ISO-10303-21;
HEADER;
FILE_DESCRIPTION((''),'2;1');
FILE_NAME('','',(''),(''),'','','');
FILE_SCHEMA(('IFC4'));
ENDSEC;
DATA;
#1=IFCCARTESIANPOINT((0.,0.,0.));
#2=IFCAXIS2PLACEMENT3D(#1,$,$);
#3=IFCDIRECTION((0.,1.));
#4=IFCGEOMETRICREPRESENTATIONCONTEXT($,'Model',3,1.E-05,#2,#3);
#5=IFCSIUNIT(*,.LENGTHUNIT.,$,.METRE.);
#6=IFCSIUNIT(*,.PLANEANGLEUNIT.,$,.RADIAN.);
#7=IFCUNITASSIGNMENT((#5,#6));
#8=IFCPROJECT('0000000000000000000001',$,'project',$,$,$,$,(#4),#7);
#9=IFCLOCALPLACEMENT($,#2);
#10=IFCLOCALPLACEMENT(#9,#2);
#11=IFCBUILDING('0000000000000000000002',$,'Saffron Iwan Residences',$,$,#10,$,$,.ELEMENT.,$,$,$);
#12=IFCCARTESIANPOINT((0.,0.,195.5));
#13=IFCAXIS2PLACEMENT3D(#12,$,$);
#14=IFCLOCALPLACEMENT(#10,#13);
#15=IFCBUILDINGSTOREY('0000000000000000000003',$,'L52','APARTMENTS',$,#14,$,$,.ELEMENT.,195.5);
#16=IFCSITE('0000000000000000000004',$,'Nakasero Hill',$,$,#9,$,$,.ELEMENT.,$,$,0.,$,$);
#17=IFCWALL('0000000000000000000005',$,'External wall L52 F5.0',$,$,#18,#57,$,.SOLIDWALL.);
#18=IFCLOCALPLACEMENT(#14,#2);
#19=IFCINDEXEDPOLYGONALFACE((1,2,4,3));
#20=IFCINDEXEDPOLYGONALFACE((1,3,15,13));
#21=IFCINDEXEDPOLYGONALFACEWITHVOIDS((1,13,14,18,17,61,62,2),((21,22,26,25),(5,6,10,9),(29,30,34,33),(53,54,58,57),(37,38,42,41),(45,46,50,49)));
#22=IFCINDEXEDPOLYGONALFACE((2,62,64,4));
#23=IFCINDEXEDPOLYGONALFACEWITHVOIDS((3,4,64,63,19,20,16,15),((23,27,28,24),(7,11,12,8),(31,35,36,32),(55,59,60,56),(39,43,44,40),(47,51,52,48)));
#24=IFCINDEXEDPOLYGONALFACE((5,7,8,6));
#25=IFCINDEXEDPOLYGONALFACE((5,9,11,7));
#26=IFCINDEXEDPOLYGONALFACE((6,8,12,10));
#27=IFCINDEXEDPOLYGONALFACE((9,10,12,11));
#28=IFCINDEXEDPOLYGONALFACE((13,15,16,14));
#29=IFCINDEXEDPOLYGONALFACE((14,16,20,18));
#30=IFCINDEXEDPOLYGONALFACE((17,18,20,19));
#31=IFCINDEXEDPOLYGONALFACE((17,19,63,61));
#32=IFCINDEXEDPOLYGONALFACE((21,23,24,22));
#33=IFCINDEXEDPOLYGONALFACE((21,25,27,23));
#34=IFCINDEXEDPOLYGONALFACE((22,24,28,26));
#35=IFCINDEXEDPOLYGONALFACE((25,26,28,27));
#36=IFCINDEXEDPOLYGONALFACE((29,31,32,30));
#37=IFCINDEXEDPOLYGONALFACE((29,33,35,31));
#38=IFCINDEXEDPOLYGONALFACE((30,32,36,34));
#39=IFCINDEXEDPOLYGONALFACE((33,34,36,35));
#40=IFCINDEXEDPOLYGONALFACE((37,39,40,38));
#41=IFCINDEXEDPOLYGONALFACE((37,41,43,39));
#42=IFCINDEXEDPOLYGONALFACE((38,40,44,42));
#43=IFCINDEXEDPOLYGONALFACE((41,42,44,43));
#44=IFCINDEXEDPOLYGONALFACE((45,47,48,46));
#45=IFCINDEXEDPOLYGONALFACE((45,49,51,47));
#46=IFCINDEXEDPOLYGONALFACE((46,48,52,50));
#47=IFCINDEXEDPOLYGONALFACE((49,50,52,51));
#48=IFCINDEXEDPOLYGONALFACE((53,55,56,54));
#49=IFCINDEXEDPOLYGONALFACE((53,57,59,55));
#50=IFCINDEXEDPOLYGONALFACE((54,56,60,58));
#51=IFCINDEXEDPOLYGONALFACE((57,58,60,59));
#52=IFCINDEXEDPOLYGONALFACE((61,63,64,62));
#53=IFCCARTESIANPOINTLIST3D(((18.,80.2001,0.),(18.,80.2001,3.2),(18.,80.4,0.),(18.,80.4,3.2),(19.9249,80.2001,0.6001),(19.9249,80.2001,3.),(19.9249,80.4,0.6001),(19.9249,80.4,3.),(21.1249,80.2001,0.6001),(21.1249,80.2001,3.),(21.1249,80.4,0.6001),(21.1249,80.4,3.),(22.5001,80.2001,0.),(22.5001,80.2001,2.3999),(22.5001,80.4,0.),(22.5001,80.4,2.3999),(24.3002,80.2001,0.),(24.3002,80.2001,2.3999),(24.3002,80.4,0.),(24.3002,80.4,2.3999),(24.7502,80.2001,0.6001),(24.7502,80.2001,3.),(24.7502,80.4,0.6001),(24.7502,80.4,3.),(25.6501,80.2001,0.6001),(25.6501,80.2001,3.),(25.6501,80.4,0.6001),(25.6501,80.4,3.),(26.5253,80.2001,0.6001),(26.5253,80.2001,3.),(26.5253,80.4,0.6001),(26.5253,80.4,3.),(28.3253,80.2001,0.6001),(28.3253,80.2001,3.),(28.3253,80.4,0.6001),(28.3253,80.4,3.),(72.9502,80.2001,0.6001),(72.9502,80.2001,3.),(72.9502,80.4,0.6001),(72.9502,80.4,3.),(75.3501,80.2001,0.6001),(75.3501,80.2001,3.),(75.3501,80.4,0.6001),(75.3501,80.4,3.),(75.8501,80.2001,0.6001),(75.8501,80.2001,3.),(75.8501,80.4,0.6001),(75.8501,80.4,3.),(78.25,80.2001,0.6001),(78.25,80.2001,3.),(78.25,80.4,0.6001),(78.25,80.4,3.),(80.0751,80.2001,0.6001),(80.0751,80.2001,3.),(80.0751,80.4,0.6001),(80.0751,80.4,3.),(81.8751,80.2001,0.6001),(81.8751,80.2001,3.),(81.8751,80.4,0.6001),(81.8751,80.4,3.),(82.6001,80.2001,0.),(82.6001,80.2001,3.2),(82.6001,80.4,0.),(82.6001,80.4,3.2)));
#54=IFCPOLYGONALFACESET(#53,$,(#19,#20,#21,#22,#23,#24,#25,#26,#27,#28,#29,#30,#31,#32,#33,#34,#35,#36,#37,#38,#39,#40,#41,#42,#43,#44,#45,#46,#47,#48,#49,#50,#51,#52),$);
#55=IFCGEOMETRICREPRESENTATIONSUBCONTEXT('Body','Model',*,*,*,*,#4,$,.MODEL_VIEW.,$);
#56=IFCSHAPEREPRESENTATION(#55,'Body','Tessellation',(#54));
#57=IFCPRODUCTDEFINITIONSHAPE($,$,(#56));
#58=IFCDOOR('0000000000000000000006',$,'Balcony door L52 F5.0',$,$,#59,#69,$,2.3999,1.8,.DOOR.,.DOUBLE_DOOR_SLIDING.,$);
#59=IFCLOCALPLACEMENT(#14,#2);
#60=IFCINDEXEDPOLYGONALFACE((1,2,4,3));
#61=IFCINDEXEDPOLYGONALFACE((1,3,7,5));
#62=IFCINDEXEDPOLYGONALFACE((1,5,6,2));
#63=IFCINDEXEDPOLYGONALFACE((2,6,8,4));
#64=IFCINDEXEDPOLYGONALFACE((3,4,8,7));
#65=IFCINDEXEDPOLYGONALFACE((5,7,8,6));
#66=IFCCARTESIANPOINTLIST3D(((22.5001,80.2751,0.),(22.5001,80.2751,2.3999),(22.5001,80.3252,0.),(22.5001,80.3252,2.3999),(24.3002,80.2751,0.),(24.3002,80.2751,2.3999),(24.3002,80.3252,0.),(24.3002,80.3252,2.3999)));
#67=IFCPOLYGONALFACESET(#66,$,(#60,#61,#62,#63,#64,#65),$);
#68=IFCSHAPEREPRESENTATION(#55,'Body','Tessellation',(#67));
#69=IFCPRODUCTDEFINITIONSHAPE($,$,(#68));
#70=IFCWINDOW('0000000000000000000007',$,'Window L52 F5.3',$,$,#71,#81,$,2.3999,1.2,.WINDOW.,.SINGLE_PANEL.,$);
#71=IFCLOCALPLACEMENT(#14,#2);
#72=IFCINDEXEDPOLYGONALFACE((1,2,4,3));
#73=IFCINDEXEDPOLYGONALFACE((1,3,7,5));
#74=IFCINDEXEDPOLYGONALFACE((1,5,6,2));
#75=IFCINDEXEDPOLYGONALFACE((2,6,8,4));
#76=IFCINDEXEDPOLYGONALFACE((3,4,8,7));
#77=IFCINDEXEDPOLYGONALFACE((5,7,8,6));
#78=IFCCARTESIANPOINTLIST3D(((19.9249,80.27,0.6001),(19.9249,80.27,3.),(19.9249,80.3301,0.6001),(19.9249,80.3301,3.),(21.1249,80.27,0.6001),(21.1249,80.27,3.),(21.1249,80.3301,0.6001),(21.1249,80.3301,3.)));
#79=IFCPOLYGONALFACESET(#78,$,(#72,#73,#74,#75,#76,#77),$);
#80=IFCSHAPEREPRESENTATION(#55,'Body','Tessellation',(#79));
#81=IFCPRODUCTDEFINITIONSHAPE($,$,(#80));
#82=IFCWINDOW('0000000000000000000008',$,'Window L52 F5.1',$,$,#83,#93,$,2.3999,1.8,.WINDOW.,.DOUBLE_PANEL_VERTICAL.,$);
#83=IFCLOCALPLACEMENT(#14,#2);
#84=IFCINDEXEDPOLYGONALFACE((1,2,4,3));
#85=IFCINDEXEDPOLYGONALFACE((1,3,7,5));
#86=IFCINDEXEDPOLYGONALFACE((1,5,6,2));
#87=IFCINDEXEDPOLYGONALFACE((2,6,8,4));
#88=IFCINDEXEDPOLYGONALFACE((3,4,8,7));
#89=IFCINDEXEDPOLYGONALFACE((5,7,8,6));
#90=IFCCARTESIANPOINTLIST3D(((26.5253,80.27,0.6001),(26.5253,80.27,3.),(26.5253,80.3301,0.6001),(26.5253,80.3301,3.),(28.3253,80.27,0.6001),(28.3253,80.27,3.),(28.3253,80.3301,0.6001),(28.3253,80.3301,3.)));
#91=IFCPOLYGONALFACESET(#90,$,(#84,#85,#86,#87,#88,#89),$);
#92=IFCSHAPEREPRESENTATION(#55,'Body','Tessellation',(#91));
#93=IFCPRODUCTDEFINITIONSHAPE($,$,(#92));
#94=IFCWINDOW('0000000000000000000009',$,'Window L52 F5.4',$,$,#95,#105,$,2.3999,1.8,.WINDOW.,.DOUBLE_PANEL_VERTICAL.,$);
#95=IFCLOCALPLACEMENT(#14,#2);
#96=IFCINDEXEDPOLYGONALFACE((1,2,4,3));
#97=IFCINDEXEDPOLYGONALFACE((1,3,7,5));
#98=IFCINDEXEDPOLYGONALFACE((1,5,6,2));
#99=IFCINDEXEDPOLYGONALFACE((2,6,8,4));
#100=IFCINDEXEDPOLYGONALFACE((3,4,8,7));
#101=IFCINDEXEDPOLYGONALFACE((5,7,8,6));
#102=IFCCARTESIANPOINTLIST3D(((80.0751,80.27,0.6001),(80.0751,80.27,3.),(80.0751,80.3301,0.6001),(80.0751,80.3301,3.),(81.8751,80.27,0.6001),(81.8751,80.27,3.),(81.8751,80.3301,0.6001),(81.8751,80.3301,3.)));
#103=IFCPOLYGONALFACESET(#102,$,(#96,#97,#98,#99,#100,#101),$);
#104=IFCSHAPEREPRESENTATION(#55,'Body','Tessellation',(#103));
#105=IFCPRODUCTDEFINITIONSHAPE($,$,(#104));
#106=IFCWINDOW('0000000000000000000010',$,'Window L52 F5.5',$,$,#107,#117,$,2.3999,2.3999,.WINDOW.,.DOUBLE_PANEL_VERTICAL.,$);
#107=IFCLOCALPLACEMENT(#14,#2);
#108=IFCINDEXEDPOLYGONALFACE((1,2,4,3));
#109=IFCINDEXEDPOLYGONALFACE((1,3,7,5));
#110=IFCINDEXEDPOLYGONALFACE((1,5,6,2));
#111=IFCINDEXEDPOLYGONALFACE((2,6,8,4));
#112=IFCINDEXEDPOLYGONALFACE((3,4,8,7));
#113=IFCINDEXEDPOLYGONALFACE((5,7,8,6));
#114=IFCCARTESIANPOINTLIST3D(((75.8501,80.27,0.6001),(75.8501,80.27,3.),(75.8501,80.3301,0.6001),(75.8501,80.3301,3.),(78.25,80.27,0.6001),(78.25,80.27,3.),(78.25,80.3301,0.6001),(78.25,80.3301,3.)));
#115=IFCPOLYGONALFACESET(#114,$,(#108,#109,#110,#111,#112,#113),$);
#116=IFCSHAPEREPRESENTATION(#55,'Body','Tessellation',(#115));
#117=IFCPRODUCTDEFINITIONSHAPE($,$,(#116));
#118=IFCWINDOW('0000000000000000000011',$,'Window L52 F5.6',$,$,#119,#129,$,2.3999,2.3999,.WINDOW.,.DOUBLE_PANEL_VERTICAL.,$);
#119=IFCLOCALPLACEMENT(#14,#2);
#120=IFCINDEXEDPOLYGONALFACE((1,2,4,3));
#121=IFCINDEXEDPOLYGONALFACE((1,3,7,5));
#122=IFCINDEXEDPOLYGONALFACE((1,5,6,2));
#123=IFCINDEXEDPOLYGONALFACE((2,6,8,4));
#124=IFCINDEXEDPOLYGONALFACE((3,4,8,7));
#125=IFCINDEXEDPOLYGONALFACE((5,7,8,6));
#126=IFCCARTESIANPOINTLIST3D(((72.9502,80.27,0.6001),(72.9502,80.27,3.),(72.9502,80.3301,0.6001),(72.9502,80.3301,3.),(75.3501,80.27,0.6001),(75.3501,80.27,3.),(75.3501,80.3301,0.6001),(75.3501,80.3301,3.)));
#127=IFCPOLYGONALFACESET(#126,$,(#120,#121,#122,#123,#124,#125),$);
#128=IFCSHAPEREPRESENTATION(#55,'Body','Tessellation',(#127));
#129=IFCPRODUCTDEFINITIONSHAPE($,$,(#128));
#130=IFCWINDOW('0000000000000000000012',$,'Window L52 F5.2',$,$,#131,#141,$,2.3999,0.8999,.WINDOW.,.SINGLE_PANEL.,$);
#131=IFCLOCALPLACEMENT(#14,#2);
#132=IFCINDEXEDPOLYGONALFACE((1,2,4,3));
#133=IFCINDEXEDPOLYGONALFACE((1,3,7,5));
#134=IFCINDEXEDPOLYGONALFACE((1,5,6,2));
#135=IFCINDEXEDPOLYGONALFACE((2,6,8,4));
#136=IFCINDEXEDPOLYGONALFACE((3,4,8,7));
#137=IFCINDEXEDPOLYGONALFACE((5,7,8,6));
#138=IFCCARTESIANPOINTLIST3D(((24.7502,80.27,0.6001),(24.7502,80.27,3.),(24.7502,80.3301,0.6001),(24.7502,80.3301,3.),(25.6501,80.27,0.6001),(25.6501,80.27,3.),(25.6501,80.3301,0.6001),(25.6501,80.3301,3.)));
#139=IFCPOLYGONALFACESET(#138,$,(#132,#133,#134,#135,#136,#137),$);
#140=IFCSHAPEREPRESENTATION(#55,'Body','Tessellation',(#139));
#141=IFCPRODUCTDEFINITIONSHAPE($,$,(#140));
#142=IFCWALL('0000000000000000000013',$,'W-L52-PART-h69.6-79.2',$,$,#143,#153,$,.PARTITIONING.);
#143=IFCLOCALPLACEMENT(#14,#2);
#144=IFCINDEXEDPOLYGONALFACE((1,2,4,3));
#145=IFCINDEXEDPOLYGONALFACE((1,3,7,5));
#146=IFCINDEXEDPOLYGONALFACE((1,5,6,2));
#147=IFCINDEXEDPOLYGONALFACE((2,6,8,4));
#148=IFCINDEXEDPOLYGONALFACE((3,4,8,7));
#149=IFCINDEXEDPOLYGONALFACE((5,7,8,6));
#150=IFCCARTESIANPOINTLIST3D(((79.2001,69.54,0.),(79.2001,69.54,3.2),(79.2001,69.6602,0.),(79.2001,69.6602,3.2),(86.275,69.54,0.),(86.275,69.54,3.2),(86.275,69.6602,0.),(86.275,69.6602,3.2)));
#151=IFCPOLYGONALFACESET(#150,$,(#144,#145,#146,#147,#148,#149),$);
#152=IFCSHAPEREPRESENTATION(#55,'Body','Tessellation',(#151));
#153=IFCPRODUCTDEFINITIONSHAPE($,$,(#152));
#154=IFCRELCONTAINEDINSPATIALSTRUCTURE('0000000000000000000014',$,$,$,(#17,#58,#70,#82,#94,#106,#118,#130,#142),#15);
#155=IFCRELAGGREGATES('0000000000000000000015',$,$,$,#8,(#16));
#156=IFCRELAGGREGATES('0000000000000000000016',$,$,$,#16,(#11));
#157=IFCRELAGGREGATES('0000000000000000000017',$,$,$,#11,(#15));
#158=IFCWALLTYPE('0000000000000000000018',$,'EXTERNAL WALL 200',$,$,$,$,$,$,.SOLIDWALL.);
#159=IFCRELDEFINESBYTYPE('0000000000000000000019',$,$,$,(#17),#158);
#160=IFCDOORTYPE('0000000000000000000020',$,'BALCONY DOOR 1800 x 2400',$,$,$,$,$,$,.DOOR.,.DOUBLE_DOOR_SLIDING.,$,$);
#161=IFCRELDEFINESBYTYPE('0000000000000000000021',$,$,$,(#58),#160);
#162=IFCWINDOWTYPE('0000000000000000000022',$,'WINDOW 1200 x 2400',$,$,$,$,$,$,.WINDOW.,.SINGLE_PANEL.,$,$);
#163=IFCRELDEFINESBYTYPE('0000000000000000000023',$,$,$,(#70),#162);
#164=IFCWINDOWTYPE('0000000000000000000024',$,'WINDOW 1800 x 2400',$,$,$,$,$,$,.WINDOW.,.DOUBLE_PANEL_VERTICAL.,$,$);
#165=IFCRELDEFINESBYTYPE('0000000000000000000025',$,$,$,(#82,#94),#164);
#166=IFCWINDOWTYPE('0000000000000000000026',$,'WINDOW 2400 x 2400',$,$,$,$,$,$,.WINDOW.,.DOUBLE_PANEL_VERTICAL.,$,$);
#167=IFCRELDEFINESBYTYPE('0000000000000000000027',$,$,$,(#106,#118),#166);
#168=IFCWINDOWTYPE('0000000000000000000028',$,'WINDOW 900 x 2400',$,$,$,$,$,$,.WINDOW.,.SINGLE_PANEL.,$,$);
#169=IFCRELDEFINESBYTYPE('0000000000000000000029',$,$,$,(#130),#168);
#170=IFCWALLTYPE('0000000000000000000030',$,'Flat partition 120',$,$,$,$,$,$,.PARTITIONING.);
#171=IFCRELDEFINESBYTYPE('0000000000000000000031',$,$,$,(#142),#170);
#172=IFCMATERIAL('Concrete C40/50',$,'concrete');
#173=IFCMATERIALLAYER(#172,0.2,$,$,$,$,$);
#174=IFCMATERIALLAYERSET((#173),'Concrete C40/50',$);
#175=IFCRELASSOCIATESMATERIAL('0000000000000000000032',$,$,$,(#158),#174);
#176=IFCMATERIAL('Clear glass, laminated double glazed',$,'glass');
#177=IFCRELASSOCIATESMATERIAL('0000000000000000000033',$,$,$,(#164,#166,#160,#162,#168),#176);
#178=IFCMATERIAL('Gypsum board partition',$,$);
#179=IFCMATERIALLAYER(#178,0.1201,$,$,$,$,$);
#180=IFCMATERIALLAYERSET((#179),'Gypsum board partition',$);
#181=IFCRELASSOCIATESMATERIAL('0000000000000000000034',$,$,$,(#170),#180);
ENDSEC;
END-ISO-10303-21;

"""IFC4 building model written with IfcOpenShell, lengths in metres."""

from ifc_helpers import new_model, si_unit, direction, frame, frame_2d, origin, place, context, subcontext, project, spatial, rectangle, extrude, material, layer, layer_set, type_object, element, fill, save


model = new_model("IFC4")

# Units and contexts
model_context = context("Model", 3, precision=1e-05, world=origin(), true_north=direction((0.0, 1.0)))
body_context = subcontext(model_context, "Body", "Model", "MODEL_VIEW")
ifc_project = project(units=[si_unit("LENGTHUNIT", "METRE"), si_unit("PLANEANGLEUNIT", "RADIAN")], contexts=[model_context])

# Site, building, storey
site_placement = place(None, origin())
site = spatial("IfcSite", under=ifc_project, at=site_placement, Name="Nakasero Hill", CompositionType="ELEMENT", RefElevation=0.0)
building_placement = place(site_placement, origin())
building = spatial("IfcBuilding", under=site, at=building_placement, Name="Saffron Iwan Residences", CompositionType="ELEMENT")
storey_placement = place(building_placement, frame((0.0, 0.0, 195.5)))
storey = spatial("IfcBuildingStorey", under=building, at=storey_placement, Name="L52", Description="APARTMENTS", CompositionType="ELEMENT", Elevation=195.5)

# Shared definitions
ifc_material_1 = material(Name="Concrete C40/50", Category="concrete")
ifc_layer_1 = layer(ifc_material_1, 0.2)
ifc_layer_set_1 = layer_set([ifc_layer_1], Name="Concrete C40/50")
wall_type_1 = type_object("IfcWallType", Name="EXTERNAL WALL 200", PredefinedType="SOLIDWALL", material=ifc_layer_set_1)
ifc_material_2 = material(Name="Clear glass, laminated double glazed", Category="glass")
window_type_1 = type_object("IfcWindowType", Name="WINDOW 1800 x 2400", PartitioningType="DOUBLE_PANEL_VERTICAL", PredefinedType="WINDOW", material=ifc_material_2)
window_type_2 = type_object("IfcWindowType", Name="WINDOW 2400 x 2400", PartitioningType="DOUBLE_PANEL_VERTICAL", PredefinedType="WINDOW", material=ifc_material_2)

# Wall, openings, door, windows
wall_1_placement = place(storey_placement, frame((82.6001, 80.3, 0.0), z_axis=(0.0, 0.0, 1.0), x_axis=(-1.0, 0.0, 0.0)))
wall_1 = element("IfcWall", 1, at=wall_1_placement, inside=storey, type_object=wall_type_1, Name="External wall L52 F5.0", PredefinedType="SOLIDWALL", context=body_context, shape_type="SweptSolid", body=[
    extrude(rectangle(XDim=64.6001, YDim=0.2, at=frame_2d((32.3, 0.0))), origin(), (0.0, 0.0, 1.0), 3.2),
])
opening_1_placement = place(wall_1_placement, frame((58.3, 0.0, 0.0)))
opening_1 = element("IfcOpeningElement", 2, at=opening_1_placement, cuts=wall_1, PredefinedType="OPENING", context=body_context, shape_type="SweptSolid", body=[
    extrude(rectangle(XDim=1.8, YDim=2.3999, at=frame_2d((0.8999, 1.2))), frame((0.0, 0.1099, 0.0), z_axis=(0.0, -1.0, 0.0), x_axis=(1.0, 0.0, 0.0)), (0.0, 0.0, 1.0), 0.22),
])
opening_2_placement = place(wall_1_placement, frame((54.2749, 0.0, 0.6001)))
opening_2 = element("IfcOpeningElement", 3, at=opening_2_placement, cuts=wall_1, PredefinedType="OPENING", context=body_context, shape_type="SweptSolid", body=[
    extrude(rectangle(XDim=1.8, YDim=2.3999, at=frame_2d((0.8999, 1.2))), frame((0.0, 0.1099, 0.0), z_axis=(0.0, -1.0, 0.0), x_axis=(1.0, 0.0, 0.0)), (0.0, 0.0, 1.0), 0.22),
])
opening_3_placement = place(wall_1_placement, frame((56.95, 0.0, 0.6001)))
opening_3 = element("IfcOpeningElement", 4, at=opening_3_placement, cuts=wall_1, PredefinedType="OPENING", context=body_context, shape_type="SweptSolid", body=[
    extrude(rectangle(XDim=0.8999, YDim=2.3999, at=frame_2d((0.45, 1.2))), frame((0.0, 0.1099, 0.0), z_axis=(0.0, -1.0, 0.0), x_axis=(1.0, 0.0, 0.0)), (0.0, 0.0, 1.0), 0.22),
])
opening_4_placement = place(wall_1_placement, frame((61.4751, 0.0, 0.6001)))
opening_4 = element("IfcOpeningElement", 5, at=opening_4_placement, cuts=wall_1, PredefinedType="OPENING", context=body_context, shape_type="SweptSolid", body=[
    extrude(rectangle(XDim=1.2, YDim=2.3999, at=frame_2d((0.6001, 1.2))), frame((0.0, 0.1099, 0.0), z_axis=(0.0, -1.0, 0.0), x_axis=(1.0, 0.0, 0.0)), (0.0, 0.0, 1.0), 0.22),
])
opening_5_placement = place(wall_1_placement, frame((0.7251, 0.0, 0.6001)))
opening_5 = element("IfcOpeningElement", 6, at=opening_5_placement, cuts=wall_1, PredefinedType="OPENING", context=body_context, shape_type="SweptSolid", body=[
    extrude(rectangle(XDim=1.8, YDim=2.3999, at=frame_2d((0.8999, 1.2))), frame((0.0, 0.1099, 0.0), z_axis=(0.0, -1.0, 0.0), x_axis=(1.0, 0.0, 0.0)), (0.0, 0.0, 1.0), 0.22),
])
opening_6_placement = place(wall_1_placement, frame((4.3501, 0.0, 0.6001)))
opening_6 = element("IfcOpeningElement", 7, at=opening_6_placement, cuts=wall_1, PredefinedType="OPENING", context=body_context, shape_type="SweptSolid", body=[
    extrude(rectangle(XDim=2.3999, YDim=2.3999, at=frame_2d((1.2, 1.2))), frame((0.0, 0.1099, 0.0), z_axis=(0.0, -1.0, 0.0), x_axis=(1.0, 0.0, 0.0)), (0.0, 0.0, 1.0), 0.22),
])
opening_7_placement = place(wall_1_placement, frame((7.25, 0.0, 0.6001)))
opening_7 = element("IfcOpeningElement", 8, at=opening_7_placement, cuts=wall_1, PredefinedType="OPENING", context=body_context, shape_type="SweptSolid", body=[
    extrude(rectangle(XDim=2.3999, YDim=2.3999, at=frame_2d((1.2, 1.2))), frame((0.0, 0.1099, 0.0), z_axis=(0.0, -1.0, 0.0), x_axis=(1.0, 0.0, 0.0)), (0.0, 0.0, 1.0), 0.22),
])
door_type_1 = type_object("IfcDoorType", Name="BALCONY DOOR 1800 x 2400", OperationType="DOUBLE_DOOR_SLIDING", PredefinedType="DOOR", material=ifc_material_2)
door_1_placement = place(opening_1_placement, origin())
door_1 = element("IfcDoor", 9, at=door_1_placement, inside=storey, type_object=door_type_1, Name="Balcony door L52 F5.0", OperationType="DOUBLE_DOOR_SLIDING", OverallHeight=2.3999, OverallWidth=1.8, PredefinedType="DOOR", context=body_context, shape_type="SweptSolid", body=[
    extrude(rectangle(XDim=1.8, YDim=2.3999, at=frame_2d((0.8999, 1.2))), frame((0.0, 0.0249, 0.0), z_axis=(0.0, -1.0, 0.0), x_axis=(1.0, 0.0, 0.0)), (0.0, 0.0, 1.0), 0.05),
])
fill(opening_1, door_1)
window_type_3 = type_object("IfcWindowType", Name="WINDOW 1200 x 2400", PartitioningType="SINGLE_PANEL", PredefinedType="WINDOW", material=ifc_material_2)
window_1_placement = place(opening_4_placement, origin())
window_1 = element("IfcWindow", 10, at=window_1_placement, inside=storey, type_object=window_type_3, Name="Window L52 F5.3", OverallHeight=2.3999, OverallWidth=1.2, PartitioningType="SINGLE_PANEL", PredefinedType="WINDOW", context=body_context, shape_type="SweptSolid", body=[
    extrude(rectangle(XDim=1.2, YDim=2.3999, at=frame_2d((0.6001, 1.2))), frame((0.0, 0.03, 0.0), z_axis=(0.0, -1.0, 0.0), x_axis=(1.0, 0.0, 0.0)), (0.0, 0.0, 1.0), 0.0601),
])
fill(opening_4, window_1)
window_2_placement = place(opening_2_placement, origin())
window_2 = element("IfcWindow", 11, at=window_2_placement, inside=storey, type_object=window_type_1, Name="Window L52 F5.1", OverallHeight=2.3999, OverallWidth=1.8, PartitioningType="DOUBLE_PANEL_VERTICAL", PredefinedType="WINDOW", context=body_context, shape_type="SweptSolid", body=[
    extrude(rectangle(XDim=1.8, YDim=2.3999, at=frame_2d((0.8999, 1.2))), frame((0.0, 0.03, 0.0), z_axis=(0.0, -1.0, 0.0), x_axis=(1.0, 0.0, 0.0)), (0.0, 0.0, 1.0), 0.0601),
])
fill(opening_2, window_2)
window_3_placement = place(opening_5_placement, origin())
window_3 = element("IfcWindow", 12, at=window_3_placement, inside=storey, type_object=window_type_1, Name="Window L52 F5.4", OverallHeight=2.3999, OverallWidth=1.8, PartitioningType="DOUBLE_PANEL_VERTICAL", PredefinedType="WINDOW", context=body_context, shape_type="SweptSolid", body=[
    extrude(rectangle(XDim=1.8, YDim=2.3999, at=frame_2d((0.8999, 1.2))), frame((0.0, 0.03, 0.0), z_axis=(0.0, -1.0, 0.0), x_axis=(1.0, 0.0, 0.0)), (0.0, 0.0, 1.0), 0.0601),
])
fill(opening_5, window_3)
window_4_placement = place(opening_6_placement, origin())
window_4 = element("IfcWindow", 13, at=window_4_placement, inside=storey, type_object=window_type_2, Name="Window L52 F5.5", OverallHeight=2.3999, OverallWidth=2.3999, PartitioningType="DOUBLE_PANEL_VERTICAL", PredefinedType="WINDOW", context=body_context, shape_type="SweptSolid", body=[
    extrude(rectangle(XDim=2.3999, YDim=2.3999, at=frame_2d((1.2, 1.2))), frame((0.0, 0.03, 0.0), z_axis=(0.0, -1.0, 0.0), x_axis=(1.0, 0.0, 0.0)), (0.0, 0.0, 1.0), 0.0601),
])
fill(opening_6, window_4)
window_5_placement = place(opening_7_placement, origin())
window_5 = element("IfcWindow", 14, at=window_5_placement, inside=storey, type_object=window_type_2, Name="Window L52 F5.6", OverallHeight=2.3999, OverallWidth=2.3999, PartitioningType="DOUBLE_PANEL_VERTICAL", PredefinedType="WINDOW", context=body_context, shape_type="SweptSolid", body=[
    extrude(rectangle(XDim=2.3999, YDim=2.3999, at=frame_2d((1.2, 1.2))), frame((0.0, 0.03, 0.0), z_axis=(0.0, -1.0, 0.0), x_axis=(1.0, 0.0, 0.0)), (0.0, 0.0, 1.0), 0.0601),
])
fill(opening_7, window_5)
window_type_4 = type_object("IfcWindowType", Name="WINDOW 900 x 2400", PartitioningType="SINGLE_PANEL", PredefinedType="WINDOW", material=ifc_material_2)
window_6_placement = place(opening_3_placement, origin())
window_6 = element("IfcWindow", 15, at=window_6_placement, inside=storey, type_object=window_type_4, Name="Window L52 F5.2", OverallHeight=2.3999, OverallWidth=0.8999, PartitioningType="SINGLE_PANEL", PredefinedType="WINDOW", context=body_context, shape_type="SweptSolid", body=[
    extrude(rectangle(XDim=0.8999, YDim=2.3999, at=frame_2d((0.45, 1.2))), frame((0.0, 0.03, 0.0), z_axis=(0.0, -1.0, 0.0), x_axis=(1.0, 0.0, 0.0)), (0.0, 0.0, 1.0), 0.0601),
])
fill(opening_3, window_6)

# Wall
ifc_material_3 = material(Name="Gypsum board partition")
ifc_layer_2 = layer(ifc_material_3, 0.1201)
ifc_layer_set_2 = layer_set([ifc_layer_2], Name="Gypsum board partition")
wall_type_2 = type_object("IfcWallType", Name="Flat partition 120", PredefinedType="PARTITIONING", material=ifc_layer_set_2)
wall_2_placement = place(storey_placement, frame((79.2, 69.6001, 0.0), z_axis=(0.0, 0.0, 1.0), x_axis=(1.0, 0.0, 0.0)))
element("IfcWall", 16, at=wall_2_placement, inside=storey, type_object=wall_type_2, Name="W-L52-PART-h69.6-79.2", PredefinedType="PARTITIONING", context=body_context, shape_type="SweptSolid", body=[
    extrude(rectangle(XDim=7.075, YDim=0.1201, at=frame_2d((3.5376, 0.0))), origin(), (0.0, 0.0, 1.0), 3.2),
])

save(model, "model.ifc")
